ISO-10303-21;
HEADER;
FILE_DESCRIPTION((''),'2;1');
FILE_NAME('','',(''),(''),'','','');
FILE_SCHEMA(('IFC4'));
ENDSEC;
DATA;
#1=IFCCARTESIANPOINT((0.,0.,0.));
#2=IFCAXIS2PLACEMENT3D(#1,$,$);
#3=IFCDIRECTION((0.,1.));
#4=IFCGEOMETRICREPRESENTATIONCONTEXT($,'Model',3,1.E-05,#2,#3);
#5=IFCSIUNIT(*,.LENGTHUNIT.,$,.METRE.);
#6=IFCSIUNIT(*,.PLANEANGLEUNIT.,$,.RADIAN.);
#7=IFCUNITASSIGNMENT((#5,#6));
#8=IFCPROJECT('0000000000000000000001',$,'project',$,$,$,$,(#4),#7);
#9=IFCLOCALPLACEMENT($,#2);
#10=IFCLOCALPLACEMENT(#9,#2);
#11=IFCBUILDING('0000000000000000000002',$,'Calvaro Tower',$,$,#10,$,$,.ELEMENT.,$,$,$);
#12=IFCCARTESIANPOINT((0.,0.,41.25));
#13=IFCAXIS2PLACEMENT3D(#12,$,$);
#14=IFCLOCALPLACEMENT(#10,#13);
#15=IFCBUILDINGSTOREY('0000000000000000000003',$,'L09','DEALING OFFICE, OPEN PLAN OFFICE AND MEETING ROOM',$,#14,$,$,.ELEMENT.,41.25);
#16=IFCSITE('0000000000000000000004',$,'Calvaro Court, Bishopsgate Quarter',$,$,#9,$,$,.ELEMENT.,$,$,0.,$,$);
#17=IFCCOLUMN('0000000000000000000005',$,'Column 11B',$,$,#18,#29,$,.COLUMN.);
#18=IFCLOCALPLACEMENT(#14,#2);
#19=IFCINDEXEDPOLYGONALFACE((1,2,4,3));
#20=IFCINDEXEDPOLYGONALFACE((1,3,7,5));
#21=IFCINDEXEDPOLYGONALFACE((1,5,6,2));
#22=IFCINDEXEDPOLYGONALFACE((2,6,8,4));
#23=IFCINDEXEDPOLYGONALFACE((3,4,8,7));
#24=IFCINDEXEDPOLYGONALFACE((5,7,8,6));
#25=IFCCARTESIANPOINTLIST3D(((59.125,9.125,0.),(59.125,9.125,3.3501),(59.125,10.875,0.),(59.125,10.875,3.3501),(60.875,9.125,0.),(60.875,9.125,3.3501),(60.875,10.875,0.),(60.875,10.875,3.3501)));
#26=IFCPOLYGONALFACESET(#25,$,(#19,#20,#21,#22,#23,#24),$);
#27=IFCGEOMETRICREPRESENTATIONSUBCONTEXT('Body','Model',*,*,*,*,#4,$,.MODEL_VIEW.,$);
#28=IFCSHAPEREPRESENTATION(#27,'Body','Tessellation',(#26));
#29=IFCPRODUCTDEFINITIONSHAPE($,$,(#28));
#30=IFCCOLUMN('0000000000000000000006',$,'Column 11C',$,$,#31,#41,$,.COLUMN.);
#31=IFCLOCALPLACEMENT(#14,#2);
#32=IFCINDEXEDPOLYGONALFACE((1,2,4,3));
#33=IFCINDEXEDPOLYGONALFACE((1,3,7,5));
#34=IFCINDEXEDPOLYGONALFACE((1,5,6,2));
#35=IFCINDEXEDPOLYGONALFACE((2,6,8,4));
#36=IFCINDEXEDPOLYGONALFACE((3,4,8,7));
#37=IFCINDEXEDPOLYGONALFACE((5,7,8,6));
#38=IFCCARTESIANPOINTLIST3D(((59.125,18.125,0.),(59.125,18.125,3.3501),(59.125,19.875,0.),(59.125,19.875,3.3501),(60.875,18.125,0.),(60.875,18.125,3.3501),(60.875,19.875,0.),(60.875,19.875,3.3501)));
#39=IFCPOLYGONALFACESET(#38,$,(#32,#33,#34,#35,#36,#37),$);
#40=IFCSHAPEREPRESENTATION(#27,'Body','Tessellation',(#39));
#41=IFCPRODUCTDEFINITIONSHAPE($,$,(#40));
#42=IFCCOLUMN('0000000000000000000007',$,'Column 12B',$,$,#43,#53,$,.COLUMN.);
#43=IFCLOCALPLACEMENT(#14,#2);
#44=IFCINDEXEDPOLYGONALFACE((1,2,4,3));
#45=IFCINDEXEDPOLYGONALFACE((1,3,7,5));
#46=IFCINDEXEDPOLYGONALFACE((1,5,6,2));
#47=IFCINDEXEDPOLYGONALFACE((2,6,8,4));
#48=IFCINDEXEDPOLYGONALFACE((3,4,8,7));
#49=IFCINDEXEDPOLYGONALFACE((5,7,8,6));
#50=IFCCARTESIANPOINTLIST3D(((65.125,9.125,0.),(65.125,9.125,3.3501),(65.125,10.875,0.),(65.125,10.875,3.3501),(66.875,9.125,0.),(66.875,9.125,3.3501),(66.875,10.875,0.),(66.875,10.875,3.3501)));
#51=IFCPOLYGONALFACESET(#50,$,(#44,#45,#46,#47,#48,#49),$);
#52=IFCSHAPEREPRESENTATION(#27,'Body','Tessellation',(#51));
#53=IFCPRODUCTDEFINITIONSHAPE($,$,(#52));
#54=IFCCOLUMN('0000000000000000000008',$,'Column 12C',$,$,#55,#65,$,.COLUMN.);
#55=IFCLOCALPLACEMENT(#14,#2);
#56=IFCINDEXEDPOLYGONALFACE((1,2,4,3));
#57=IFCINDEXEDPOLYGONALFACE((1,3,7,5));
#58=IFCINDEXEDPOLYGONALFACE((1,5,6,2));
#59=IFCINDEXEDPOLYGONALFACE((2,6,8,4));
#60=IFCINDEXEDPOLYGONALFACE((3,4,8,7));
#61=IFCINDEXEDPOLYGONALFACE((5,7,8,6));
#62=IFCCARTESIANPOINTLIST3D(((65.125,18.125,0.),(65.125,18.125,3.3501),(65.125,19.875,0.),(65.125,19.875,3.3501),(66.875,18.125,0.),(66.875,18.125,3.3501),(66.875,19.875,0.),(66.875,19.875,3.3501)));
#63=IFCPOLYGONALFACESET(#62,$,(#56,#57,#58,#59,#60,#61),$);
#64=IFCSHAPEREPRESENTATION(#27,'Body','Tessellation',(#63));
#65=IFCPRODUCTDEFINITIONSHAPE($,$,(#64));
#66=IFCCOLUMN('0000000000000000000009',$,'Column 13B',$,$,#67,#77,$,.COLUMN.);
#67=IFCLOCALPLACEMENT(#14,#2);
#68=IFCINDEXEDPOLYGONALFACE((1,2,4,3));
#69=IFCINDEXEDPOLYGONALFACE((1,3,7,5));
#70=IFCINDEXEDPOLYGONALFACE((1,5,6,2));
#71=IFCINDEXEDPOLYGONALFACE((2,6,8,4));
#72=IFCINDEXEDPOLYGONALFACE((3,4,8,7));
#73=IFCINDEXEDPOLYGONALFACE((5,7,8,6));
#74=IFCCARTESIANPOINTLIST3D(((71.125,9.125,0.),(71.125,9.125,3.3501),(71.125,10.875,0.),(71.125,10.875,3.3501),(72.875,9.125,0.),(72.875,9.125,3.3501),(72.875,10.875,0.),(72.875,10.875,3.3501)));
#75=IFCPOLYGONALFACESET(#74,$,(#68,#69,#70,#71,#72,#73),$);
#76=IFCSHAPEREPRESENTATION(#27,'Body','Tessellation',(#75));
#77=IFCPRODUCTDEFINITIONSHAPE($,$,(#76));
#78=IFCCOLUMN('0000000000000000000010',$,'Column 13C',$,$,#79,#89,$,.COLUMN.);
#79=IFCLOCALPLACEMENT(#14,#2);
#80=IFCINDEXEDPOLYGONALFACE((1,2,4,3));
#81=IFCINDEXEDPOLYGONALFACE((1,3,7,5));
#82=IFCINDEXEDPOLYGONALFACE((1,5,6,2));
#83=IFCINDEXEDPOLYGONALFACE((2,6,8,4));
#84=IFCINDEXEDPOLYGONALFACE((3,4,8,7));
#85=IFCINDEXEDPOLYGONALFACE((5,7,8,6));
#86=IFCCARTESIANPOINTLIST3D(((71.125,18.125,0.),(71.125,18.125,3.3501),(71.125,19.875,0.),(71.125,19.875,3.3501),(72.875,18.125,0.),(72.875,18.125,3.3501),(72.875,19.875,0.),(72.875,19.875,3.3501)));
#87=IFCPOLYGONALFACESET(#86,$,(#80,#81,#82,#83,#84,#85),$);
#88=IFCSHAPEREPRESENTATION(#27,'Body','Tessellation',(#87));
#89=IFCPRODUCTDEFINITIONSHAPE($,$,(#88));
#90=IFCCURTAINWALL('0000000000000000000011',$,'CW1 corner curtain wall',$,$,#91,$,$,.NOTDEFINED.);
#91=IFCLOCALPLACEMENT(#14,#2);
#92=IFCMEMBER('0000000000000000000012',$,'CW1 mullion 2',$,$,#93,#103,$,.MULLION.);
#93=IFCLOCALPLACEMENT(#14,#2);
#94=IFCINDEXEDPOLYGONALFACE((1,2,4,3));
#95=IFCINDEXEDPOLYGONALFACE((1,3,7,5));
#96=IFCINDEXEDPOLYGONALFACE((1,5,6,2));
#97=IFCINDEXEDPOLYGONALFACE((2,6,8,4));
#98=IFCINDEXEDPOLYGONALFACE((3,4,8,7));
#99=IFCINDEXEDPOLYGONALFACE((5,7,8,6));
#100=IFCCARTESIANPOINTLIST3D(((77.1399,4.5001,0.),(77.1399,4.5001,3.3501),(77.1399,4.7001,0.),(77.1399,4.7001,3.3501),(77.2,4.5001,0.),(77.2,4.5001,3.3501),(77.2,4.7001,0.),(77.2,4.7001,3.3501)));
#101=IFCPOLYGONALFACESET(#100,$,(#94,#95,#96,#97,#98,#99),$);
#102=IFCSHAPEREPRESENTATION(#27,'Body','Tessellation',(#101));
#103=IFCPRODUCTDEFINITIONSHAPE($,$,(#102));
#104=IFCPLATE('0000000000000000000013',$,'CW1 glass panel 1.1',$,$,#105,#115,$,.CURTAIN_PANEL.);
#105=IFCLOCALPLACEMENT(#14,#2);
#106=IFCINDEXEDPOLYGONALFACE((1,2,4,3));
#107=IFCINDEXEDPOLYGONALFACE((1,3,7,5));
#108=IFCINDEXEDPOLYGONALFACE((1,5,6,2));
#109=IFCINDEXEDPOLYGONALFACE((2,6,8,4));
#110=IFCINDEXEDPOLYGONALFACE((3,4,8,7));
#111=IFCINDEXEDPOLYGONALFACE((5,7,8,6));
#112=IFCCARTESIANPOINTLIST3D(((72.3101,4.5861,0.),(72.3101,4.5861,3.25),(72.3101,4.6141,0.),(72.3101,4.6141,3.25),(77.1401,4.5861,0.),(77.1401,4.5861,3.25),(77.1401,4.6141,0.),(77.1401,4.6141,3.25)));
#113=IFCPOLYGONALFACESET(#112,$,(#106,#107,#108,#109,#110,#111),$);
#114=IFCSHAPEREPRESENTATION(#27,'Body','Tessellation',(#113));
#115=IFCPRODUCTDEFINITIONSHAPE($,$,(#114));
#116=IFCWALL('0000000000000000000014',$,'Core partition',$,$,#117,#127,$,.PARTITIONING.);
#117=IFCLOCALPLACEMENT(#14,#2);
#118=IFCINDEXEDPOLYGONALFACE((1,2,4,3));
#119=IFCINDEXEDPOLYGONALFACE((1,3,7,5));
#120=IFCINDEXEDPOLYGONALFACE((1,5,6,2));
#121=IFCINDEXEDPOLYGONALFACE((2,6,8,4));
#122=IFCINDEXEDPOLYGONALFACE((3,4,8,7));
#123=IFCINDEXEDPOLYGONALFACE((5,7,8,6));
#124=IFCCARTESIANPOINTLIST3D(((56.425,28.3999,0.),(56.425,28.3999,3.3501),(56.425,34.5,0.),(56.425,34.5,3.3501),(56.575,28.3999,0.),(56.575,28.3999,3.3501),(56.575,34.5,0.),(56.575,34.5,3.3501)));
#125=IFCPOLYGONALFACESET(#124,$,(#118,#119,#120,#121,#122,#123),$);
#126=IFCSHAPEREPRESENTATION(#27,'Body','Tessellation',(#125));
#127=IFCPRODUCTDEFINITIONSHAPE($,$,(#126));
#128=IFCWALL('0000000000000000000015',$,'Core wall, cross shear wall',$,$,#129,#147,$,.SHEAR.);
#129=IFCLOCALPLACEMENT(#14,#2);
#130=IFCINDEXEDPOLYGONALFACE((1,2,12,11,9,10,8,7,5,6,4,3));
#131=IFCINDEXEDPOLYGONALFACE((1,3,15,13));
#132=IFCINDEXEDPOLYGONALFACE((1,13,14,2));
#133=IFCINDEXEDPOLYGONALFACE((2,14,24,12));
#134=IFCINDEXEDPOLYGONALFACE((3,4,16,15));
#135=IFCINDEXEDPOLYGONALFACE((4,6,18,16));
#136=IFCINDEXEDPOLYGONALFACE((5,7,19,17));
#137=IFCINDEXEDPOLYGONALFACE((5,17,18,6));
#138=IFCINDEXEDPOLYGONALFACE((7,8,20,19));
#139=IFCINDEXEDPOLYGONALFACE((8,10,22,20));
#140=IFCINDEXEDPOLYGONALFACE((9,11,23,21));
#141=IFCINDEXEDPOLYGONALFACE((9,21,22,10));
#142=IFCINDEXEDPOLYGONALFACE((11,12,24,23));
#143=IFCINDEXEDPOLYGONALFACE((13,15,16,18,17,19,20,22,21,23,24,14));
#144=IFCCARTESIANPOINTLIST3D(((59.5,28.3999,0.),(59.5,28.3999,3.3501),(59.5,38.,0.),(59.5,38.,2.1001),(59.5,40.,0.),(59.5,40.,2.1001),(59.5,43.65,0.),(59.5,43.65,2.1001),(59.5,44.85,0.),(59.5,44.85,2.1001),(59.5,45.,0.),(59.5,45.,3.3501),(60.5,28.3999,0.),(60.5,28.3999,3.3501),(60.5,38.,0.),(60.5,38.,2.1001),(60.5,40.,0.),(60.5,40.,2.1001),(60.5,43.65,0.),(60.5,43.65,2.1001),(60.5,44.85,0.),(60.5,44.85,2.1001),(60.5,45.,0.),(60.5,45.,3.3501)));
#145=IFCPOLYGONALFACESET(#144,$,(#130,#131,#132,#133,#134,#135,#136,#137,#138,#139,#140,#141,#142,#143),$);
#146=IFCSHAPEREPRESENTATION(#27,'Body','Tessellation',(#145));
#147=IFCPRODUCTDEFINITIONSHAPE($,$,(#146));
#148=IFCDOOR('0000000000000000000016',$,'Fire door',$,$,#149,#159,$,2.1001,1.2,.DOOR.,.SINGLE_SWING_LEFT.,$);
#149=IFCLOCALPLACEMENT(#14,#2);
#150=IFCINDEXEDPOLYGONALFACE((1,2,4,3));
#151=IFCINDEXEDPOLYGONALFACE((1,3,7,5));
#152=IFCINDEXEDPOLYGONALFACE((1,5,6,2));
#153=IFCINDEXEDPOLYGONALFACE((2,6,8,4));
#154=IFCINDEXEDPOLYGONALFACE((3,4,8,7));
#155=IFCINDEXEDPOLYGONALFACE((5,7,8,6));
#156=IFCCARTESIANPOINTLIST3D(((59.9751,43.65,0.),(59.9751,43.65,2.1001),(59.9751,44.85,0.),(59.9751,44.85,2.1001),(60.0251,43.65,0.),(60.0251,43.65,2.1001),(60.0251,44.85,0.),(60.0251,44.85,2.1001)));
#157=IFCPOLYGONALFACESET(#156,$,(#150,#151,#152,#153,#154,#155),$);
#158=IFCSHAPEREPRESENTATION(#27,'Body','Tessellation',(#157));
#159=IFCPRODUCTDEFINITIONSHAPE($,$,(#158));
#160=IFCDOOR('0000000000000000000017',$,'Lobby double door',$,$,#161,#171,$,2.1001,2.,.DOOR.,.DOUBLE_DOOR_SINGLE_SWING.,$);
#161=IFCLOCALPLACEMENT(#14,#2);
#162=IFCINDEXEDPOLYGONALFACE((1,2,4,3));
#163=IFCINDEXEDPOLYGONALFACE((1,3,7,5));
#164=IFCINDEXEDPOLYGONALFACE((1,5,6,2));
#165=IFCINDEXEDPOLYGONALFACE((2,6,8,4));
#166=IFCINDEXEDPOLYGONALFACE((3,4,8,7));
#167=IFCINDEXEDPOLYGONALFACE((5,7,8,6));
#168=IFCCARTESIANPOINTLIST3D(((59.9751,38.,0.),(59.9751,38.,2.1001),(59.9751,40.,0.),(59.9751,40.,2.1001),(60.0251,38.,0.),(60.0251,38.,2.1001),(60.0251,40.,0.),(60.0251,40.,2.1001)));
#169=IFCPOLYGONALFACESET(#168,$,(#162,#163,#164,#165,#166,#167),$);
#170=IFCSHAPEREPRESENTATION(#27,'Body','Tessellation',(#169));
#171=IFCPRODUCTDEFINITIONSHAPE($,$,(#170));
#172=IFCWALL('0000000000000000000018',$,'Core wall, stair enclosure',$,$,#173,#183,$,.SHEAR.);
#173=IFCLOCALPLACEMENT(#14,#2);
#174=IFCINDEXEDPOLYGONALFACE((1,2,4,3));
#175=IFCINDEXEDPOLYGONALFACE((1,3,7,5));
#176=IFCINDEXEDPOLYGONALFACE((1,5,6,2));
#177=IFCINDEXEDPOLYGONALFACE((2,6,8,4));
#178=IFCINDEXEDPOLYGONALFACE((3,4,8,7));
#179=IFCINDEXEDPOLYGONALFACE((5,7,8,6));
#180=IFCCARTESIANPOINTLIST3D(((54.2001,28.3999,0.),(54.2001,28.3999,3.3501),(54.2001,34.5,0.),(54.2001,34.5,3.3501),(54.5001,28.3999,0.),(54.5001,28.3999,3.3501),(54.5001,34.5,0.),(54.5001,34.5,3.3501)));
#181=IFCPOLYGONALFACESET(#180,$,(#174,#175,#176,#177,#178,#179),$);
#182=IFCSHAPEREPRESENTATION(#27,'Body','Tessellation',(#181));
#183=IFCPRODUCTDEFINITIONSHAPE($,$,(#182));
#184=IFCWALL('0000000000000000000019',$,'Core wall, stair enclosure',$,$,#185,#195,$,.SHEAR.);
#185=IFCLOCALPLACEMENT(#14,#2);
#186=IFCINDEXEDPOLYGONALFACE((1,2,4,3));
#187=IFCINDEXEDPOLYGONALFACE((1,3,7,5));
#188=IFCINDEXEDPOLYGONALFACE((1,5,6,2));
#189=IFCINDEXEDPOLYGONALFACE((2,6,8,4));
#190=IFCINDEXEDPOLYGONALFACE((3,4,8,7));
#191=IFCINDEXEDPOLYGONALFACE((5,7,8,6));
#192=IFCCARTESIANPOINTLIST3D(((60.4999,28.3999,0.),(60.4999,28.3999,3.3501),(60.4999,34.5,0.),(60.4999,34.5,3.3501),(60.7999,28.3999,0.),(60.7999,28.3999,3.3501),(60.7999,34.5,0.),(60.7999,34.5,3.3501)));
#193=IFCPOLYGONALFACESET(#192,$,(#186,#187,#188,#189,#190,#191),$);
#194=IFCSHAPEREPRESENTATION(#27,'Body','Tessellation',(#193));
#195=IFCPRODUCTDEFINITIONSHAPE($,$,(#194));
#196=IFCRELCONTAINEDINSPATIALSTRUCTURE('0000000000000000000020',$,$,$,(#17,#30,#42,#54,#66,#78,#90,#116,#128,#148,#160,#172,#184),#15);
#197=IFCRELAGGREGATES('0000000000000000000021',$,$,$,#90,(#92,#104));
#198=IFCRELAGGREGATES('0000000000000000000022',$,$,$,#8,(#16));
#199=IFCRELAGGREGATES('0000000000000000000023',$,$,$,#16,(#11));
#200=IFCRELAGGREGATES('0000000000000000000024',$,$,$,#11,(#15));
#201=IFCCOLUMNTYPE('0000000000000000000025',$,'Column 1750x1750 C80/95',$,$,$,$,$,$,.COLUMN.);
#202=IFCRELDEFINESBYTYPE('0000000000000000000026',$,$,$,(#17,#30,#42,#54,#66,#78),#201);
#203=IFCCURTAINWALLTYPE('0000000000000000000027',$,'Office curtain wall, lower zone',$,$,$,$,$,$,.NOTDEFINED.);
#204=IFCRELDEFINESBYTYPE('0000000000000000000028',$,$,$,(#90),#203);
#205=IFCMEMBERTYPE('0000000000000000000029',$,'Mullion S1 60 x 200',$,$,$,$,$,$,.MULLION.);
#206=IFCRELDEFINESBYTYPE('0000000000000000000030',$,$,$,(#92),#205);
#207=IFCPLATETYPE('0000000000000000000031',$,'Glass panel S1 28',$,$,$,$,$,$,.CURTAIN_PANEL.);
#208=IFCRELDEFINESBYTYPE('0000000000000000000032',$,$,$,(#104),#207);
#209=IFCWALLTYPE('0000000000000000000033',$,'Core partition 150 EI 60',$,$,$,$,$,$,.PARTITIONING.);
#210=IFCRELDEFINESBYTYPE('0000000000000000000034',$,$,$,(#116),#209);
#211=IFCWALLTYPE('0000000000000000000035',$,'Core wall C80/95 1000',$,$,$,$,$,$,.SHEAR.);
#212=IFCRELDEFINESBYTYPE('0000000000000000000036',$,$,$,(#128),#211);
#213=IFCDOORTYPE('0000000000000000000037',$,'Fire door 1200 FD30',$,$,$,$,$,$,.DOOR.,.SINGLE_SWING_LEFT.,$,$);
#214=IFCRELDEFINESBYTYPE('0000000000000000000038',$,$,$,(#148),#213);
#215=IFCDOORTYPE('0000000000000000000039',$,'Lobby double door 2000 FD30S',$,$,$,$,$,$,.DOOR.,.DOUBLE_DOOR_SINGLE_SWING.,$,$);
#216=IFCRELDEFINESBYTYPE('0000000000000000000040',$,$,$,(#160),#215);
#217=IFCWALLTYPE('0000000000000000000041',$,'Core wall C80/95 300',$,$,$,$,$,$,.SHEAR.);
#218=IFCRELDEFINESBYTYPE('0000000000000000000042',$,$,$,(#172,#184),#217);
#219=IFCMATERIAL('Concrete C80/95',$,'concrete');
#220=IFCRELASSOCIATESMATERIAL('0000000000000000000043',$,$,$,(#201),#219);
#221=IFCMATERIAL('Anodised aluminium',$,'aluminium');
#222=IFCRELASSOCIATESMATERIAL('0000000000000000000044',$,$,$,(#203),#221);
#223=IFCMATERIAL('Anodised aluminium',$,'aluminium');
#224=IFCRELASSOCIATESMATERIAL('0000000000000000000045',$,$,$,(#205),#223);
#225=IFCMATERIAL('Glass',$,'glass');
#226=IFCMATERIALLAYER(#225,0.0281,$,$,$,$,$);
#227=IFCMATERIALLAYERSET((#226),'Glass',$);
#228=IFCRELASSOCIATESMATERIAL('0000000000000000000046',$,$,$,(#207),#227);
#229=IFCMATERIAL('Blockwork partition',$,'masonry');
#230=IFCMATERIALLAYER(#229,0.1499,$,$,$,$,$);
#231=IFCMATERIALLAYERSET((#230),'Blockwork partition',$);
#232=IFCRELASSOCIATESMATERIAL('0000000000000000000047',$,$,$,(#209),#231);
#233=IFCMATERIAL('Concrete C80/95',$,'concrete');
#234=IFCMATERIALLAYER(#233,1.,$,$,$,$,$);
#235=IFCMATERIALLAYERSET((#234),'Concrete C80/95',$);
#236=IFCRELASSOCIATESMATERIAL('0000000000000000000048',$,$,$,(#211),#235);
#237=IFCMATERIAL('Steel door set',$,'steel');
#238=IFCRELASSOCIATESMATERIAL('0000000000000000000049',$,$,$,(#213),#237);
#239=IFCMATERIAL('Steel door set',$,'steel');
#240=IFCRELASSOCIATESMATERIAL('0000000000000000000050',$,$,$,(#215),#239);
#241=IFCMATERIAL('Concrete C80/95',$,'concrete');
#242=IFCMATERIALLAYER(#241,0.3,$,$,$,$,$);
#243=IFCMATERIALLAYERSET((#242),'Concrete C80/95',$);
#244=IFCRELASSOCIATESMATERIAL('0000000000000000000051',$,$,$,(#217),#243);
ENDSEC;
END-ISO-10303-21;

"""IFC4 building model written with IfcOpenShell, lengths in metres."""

from ifc_helpers import new_model, si_unit, direction, frame, frame_2d, origin, origin_2d, place, context, subcontext, project, spatial, rectangle, extrude, material, layer, layer_set, material_profile, profile_set, type_object, element, fill, aggregate, save


model = new_model("IFC4")

# Units and contexts
model_context = context("Model", 3, precision=1e-05, world=origin(), true_north=direction((0.0, 1.0)))
body_context = subcontext(model_context, "Body", "Model", "MODEL_VIEW")
ifc_project = project(units=[si_unit("LENGTHUNIT", "METRE"), si_unit("PLANEANGLEUNIT", "RADIAN")], contexts=[model_context])

# Site, building, storey
site_placement = place(None, origin())
site = spatial("IfcSite", under=ifc_project, at=site_placement, Name="Calvaro Court, Bishopsgate Quarter", CompositionType="ELEMENT", RefElevation=0.0)
building_placement = place(site_placement, origin())
building = spatial("IfcBuilding", under=site, at=building_placement, Name="Calvaro Tower", CompositionType="ELEMENT")
storey_placement = place(building_placement, frame((0.0, 0.0, 41.25)))
storey = spatial("IfcBuildingStorey", under=building, at=storey_placement, Name="L09", Description="DEALING OFFICE, OPEN PLAN OFFICE AND MEETING ROOM", CompositionType="ELEMENT", Elevation=41.25)

# Columns
ifc_material_1 = material(Name="Concrete C80/95", Category="concrete")
ifc_material_profile_1 = material_profile(ifc_material_1, rectangle(XDim=1.75, YDim=1.75, at=origin_2d()), Name="RC 1750x1750")
ifc_profile_set_1 = profile_set([ifc_material_profile_1], Name="Concrete C80/95")
column_type = type_object("IfcColumnType", Name="Column 1750x1750 C80/95", PredefinedType="COLUMN", material=ifc_profile_set_1)
for number, where, z_axis, x_axis, name in (
    (1, (60.0, 10.0, 0.0), (0.0, 0.0, 1.0), (1.0, 0.0, 0.0), "Column 11B"),
    (2, (60.0, 19.0, 0.0), (0.0, 0.0, 1.0), (1.0, 0.0, 0.0), "Column 11C"),
    (3, (66.0, 10.0, 0.0), (0.0, 0.0, 1.0), (1.0, 0.0, 0.0), "Column 12B"),
    (4, (66.0, 19.0, 0.0), (0.0, 0.0, 1.0), (1.0, 0.0, 0.0), "Column 12C"),
    (5, (72.0, 10.0, 0.0), (0.0, 0.0, 1.0), (1.0, 0.0, 0.0), "Column 13B"),
    (6, (72.0, 19.0, 0.0), (0.0, 0.0, 1.0), (1.0, 0.0, 0.0), "Column 13C"),
):
    element("IfcColumn", number, at=place(storey_placement, frame(where, z_axis=z_axis, x_axis=x_axis)), inside=storey, type_object=column_type, Name=name, PredefinedType="COLUMN", context=body_context, shape_type="SweptSolid", body=[
        extrude(rectangle(XDim=1.75, YDim=1.75, at=origin_2d()), origin(), (0.0, 0.0, 1.0), 3.3501),
    ])

# Curtain wall, member, plate
ifc_material_2 = material(Name="Anodised aluminium", Category="aluminium")
curtain_wall_type = type_object("IfcCurtainWallType", Name="Office curtain wall, lower zone", PredefinedType="NOTDEFINED", material=ifc_material_2)
curtain_wall_placement = place(storey_placement, origin())
curtain_wall = element("IfcCurtainWall", 7, at=curtain_wall_placement, inside=storey, type_object=curtain_wall_type, Name="CW1 corner curtain wall", PredefinedType="NOTDEFINED")
ifc_material_3 = material(Name="Anodised aluminium", Category="aluminium")
ifc_material_profile_2 = material_profile(ifc_material_3, rectangle(XDim=0.2, YDim=0.0601, at=origin_2d()), Name="Mullion S1 60 x 200")
ifc_profile_set_2 = profile_set([ifc_material_profile_2], Name="Anodised aluminium")
member_type = type_object("IfcMemberType", Name="Mullion S1 60 x 200", PredefinedType="MULLION", material=ifc_profile_set_2)
member_placement = place(storey_placement, frame((77.1699, 4.6001, 0.0), z_axis=(0.0, 0.0, 1.0), x_axis=(0.0, 1.0, 0.0)))
member = element("IfcMember", 8, at=member_placement, type_object=member_type, Name="CW1 mullion 2", PredefinedType="MULLION", context=body_context, shape_type="SweptSolid", body=[
    extrude(rectangle(XDim=0.2, YDim=0.0601, at=origin_2d()), origin(), (0.0, 0.0, 1.0), 3.3501),
])
ifc_material_4 = material(Name="Glass", Category="glass")
ifc_layer_1 = layer(ifc_material_4, 0.0281)
ifc_layer_set_1 = layer_set([ifc_layer_1], Name="Glass")
plate_type = type_object("IfcPlateType", Name="Glass panel S1 28", PredefinedType="CURTAIN_PANEL", material=ifc_layer_set_1)
plate_placement = place(storey_placement, frame((74.7251, 4.6001, 0.0), z_axis=(0.0, 0.0, 1.0), x_axis=(1.0, 0.0, 0.0)))
plate = element("IfcPlate", 9, at=plate_placement, type_object=plate_type, Name="CW1 glass panel 1.1", PredefinedType="CURTAIN_PANEL", context=body_context, shape_type="SweptSolid", body=[
    extrude(rectangle(XDim=4.8301, YDim=0.0281, at=origin_2d()), origin(), (0.0, 0.0, 1.0), 3.25),
])
aggregate(curtain_wall, [member, plate])

# Wall
ifc_material_5 = material(Name="Blockwork partition", Category="masonry")
ifc_layer_2 = layer(ifc_material_5, 0.1499)
ifc_layer_set_2 = layer_set([ifc_layer_2], Name="Blockwork partition")
wall_type_1 = type_object("IfcWallType", Name="Core partition 150 EI 60", PredefinedType="PARTITIONING", material=ifc_layer_set_2)
wall_1_placement = place(storey_placement, frame((56.5, 28.3999, 0.0), z_axis=(0.0, 0.0, 1.0), x_axis=(0.0, 1.0, 0.0)))
element("IfcWall", 10, at=wall_1_placement, inside=storey, type_object=wall_type_1, Name="Core partition", PredefinedType="PARTITIONING", context=body_context, shape_type="SweptSolid", body=[
    extrude(rectangle(XDim=6.1001, YDim=0.1499, at=frame_2d((3.05, 0.0))), origin(), (0.0, 0.0, 1.0), 3.3501),
])

# Wall, openings, doors
ifc_material_6 = material(Name="Concrete C80/95", Category="concrete")
ifc_layer_3 = layer(ifc_material_6, 1.0)
ifc_layer_set_3 = layer_set([ifc_layer_3], Name="Concrete C80/95")
wall_type_2 = type_object("IfcWallType", Name="Core wall C80/95 1000", PredefinedType="SHEAR", material=ifc_layer_set_3)
wall_2_placement = place(storey_placement, frame((60.0, 28.3999, 0.0), z_axis=(0.0, 0.0, 1.0), x_axis=(0.0, 1.0, 0.0)))
wall_2 = element("IfcWall", 11, at=wall_2_placement, inside=storey, type_object=wall_type_2, Name="Core wall, cross shear wall", PredefinedType="SHEAR", context=body_context, shape_type="SweptSolid", body=[
    extrude(rectangle(XDim=16.6001, YDim=1.0, at=frame_2d((8.3, 0.0))), origin(), (0.0, 0.0, 1.0), 3.3501),
])
opening_1_placement = place(wall_2_placement, frame((9.6001, 0.0, 0.0)))
opening_1 = element("IfcOpeningElement", 12, at=opening_1_placement, cuts=wall_2, PredefinedType="OPENING", context=body_context, shape_type="SweptSolid", body=[
    extrude(rectangle(XDim=2.0, YDim=2.1001, at=frame_2d((1.0, 1.05))), frame((0.0, 0.51, 0.0), z_axis=(0.0, -1.0, 0.0), x_axis=(1.0, 0.0, 0.0)), (0.0, 0.0, 1.0), 1.02),
])
opening_2_placement = place(wall_2_placement, frame((15.25, 0.0, 0.0)))
opening_2 = element("IfcOpeningElement", 13, at=opening_2_placement, cuts=wall_2, PredefinedType="OPENING", context=body_context, shape_type="SweptSolid", body=[
    extrude(rectangle(XDim=1.2, YDim=2.1001, at=frame_2d((0.6001, 1.05))), frame((0.0, 0.51, 0.0), z_axis=(0.0, -1.0, 0.0), x_axis=(1.0, 0.0, 0.0)), (0.0, 0.0, 1.0), 1.02),
])
ifc_material_7 = material(Name="Steel door set", Category="steel")
door_type_1 = type_object("IfcDoorType", Name="Fire door 1200 FD30", OperationType="SINGLE_SWING_LEFT", PredefinedType="DOOR", material=ifc_material_7)
door_1_placement = place(opening_2_placement, origin())
door_1 = element("IfcDoor", 14, at=door_1_placement, inside=storey, type_object=door_type_1, Name="Fire door", OperationType="SINGLE_SWING_LEFT", OverallHeight=2.1001, OverallWidth=1.2, PredefinedType="DOOR", context=body_context, shape_type="SweptSolid", body=[
    extrude(rectangle(XDim=1.2, YDim=2.1001, at=frame_2d((0.6001, 1.05))), frame((0.0, 0.0249, 0.0), z_axis=(0.0, -1.0, 0.0), x_axis=(1.0, 0.0, 0.0)), (0.0, 0.0, 1.0), 0.05),
])
fill(opening_2, door_1)
ifc_material_8 = material(Name="Steel door set", Category="steel")
door_type_2 = type_object("IfcDoorType", Name="Lobby double door 2000 FD30S", OperationType="DOUBLE_DOOR_SINGLE_SWING", PredefinedType="DOOR", material=ifc_material_8)
door_2_placement = place(opening_1_placement, origin())
door_2 = element("IfcDoor", 15, at=door_2_placement, inside=storey, type_object=door_type_2, Name="Lobby double door", OperationType="DOUBLE_DOOR_SINGLE_SWING", OverallHeight=2.1001, OverallWidth=2.0, PredefinedType="DOOR", context=body_context, shape_type="SweptSolid", body=[
    extrude(rectangle(XDim=2.0, YDim=2.1001, at=frame_2d((1.0, 1.05))), frame((0.0, 0.0249, 0.0), z_axis=(0.0, -1.0, 0.0), x_axis=(1.0, 0.0, 0.0)), (0.0, 0.0, 1.0), 0.05),
])
fill(opening_1, door_2)

# Walls
ifc_material_9 = material(Name="Concrete C80/95", Category="concrete")
ifc_layer_4 = layer(ifc_material_9, 0.3)
ifc_layer_set_4 = layer_set([ifc_layer_4], Name="Concrete C80/95")
wall_type_3 = type_object("IfcWallType", Name="Core wall C80/95 300", PredefinedType="SHEAR", material=ifc_layer_set_4)
for number, where, z_axis, x_axis, name in (
    (16, (54.3501, 28.3999, 0.0), (0.0, 0.0, 1.0), (0.0, 1.0, 0.0), "Core wall, stair enclosure"),
    (17, (60.6499, 28.3999, 0.0), (0.0, 0.0, 1.0), (0.0, 1.0, 0.0), "Core wall, stair enclosure"),
):
    element("IfcWall", number, at=place(storey_placement, frame(where, z_axis=z_axis, x_axis=x_axis)), inside=storey, type_object=wall_type_3, Name=name, PredefinedType="SHEAR", context=body_context, shape_type="SweptSolid", body=[
        extrude(rectangle(XDim=6.1001, YDim=0.3, at=frame_2d((3.05, 0.0))), origin(), (0.0, 0.0, 1.0), 3.3501),
    ])

save(model, "model.ifc")
